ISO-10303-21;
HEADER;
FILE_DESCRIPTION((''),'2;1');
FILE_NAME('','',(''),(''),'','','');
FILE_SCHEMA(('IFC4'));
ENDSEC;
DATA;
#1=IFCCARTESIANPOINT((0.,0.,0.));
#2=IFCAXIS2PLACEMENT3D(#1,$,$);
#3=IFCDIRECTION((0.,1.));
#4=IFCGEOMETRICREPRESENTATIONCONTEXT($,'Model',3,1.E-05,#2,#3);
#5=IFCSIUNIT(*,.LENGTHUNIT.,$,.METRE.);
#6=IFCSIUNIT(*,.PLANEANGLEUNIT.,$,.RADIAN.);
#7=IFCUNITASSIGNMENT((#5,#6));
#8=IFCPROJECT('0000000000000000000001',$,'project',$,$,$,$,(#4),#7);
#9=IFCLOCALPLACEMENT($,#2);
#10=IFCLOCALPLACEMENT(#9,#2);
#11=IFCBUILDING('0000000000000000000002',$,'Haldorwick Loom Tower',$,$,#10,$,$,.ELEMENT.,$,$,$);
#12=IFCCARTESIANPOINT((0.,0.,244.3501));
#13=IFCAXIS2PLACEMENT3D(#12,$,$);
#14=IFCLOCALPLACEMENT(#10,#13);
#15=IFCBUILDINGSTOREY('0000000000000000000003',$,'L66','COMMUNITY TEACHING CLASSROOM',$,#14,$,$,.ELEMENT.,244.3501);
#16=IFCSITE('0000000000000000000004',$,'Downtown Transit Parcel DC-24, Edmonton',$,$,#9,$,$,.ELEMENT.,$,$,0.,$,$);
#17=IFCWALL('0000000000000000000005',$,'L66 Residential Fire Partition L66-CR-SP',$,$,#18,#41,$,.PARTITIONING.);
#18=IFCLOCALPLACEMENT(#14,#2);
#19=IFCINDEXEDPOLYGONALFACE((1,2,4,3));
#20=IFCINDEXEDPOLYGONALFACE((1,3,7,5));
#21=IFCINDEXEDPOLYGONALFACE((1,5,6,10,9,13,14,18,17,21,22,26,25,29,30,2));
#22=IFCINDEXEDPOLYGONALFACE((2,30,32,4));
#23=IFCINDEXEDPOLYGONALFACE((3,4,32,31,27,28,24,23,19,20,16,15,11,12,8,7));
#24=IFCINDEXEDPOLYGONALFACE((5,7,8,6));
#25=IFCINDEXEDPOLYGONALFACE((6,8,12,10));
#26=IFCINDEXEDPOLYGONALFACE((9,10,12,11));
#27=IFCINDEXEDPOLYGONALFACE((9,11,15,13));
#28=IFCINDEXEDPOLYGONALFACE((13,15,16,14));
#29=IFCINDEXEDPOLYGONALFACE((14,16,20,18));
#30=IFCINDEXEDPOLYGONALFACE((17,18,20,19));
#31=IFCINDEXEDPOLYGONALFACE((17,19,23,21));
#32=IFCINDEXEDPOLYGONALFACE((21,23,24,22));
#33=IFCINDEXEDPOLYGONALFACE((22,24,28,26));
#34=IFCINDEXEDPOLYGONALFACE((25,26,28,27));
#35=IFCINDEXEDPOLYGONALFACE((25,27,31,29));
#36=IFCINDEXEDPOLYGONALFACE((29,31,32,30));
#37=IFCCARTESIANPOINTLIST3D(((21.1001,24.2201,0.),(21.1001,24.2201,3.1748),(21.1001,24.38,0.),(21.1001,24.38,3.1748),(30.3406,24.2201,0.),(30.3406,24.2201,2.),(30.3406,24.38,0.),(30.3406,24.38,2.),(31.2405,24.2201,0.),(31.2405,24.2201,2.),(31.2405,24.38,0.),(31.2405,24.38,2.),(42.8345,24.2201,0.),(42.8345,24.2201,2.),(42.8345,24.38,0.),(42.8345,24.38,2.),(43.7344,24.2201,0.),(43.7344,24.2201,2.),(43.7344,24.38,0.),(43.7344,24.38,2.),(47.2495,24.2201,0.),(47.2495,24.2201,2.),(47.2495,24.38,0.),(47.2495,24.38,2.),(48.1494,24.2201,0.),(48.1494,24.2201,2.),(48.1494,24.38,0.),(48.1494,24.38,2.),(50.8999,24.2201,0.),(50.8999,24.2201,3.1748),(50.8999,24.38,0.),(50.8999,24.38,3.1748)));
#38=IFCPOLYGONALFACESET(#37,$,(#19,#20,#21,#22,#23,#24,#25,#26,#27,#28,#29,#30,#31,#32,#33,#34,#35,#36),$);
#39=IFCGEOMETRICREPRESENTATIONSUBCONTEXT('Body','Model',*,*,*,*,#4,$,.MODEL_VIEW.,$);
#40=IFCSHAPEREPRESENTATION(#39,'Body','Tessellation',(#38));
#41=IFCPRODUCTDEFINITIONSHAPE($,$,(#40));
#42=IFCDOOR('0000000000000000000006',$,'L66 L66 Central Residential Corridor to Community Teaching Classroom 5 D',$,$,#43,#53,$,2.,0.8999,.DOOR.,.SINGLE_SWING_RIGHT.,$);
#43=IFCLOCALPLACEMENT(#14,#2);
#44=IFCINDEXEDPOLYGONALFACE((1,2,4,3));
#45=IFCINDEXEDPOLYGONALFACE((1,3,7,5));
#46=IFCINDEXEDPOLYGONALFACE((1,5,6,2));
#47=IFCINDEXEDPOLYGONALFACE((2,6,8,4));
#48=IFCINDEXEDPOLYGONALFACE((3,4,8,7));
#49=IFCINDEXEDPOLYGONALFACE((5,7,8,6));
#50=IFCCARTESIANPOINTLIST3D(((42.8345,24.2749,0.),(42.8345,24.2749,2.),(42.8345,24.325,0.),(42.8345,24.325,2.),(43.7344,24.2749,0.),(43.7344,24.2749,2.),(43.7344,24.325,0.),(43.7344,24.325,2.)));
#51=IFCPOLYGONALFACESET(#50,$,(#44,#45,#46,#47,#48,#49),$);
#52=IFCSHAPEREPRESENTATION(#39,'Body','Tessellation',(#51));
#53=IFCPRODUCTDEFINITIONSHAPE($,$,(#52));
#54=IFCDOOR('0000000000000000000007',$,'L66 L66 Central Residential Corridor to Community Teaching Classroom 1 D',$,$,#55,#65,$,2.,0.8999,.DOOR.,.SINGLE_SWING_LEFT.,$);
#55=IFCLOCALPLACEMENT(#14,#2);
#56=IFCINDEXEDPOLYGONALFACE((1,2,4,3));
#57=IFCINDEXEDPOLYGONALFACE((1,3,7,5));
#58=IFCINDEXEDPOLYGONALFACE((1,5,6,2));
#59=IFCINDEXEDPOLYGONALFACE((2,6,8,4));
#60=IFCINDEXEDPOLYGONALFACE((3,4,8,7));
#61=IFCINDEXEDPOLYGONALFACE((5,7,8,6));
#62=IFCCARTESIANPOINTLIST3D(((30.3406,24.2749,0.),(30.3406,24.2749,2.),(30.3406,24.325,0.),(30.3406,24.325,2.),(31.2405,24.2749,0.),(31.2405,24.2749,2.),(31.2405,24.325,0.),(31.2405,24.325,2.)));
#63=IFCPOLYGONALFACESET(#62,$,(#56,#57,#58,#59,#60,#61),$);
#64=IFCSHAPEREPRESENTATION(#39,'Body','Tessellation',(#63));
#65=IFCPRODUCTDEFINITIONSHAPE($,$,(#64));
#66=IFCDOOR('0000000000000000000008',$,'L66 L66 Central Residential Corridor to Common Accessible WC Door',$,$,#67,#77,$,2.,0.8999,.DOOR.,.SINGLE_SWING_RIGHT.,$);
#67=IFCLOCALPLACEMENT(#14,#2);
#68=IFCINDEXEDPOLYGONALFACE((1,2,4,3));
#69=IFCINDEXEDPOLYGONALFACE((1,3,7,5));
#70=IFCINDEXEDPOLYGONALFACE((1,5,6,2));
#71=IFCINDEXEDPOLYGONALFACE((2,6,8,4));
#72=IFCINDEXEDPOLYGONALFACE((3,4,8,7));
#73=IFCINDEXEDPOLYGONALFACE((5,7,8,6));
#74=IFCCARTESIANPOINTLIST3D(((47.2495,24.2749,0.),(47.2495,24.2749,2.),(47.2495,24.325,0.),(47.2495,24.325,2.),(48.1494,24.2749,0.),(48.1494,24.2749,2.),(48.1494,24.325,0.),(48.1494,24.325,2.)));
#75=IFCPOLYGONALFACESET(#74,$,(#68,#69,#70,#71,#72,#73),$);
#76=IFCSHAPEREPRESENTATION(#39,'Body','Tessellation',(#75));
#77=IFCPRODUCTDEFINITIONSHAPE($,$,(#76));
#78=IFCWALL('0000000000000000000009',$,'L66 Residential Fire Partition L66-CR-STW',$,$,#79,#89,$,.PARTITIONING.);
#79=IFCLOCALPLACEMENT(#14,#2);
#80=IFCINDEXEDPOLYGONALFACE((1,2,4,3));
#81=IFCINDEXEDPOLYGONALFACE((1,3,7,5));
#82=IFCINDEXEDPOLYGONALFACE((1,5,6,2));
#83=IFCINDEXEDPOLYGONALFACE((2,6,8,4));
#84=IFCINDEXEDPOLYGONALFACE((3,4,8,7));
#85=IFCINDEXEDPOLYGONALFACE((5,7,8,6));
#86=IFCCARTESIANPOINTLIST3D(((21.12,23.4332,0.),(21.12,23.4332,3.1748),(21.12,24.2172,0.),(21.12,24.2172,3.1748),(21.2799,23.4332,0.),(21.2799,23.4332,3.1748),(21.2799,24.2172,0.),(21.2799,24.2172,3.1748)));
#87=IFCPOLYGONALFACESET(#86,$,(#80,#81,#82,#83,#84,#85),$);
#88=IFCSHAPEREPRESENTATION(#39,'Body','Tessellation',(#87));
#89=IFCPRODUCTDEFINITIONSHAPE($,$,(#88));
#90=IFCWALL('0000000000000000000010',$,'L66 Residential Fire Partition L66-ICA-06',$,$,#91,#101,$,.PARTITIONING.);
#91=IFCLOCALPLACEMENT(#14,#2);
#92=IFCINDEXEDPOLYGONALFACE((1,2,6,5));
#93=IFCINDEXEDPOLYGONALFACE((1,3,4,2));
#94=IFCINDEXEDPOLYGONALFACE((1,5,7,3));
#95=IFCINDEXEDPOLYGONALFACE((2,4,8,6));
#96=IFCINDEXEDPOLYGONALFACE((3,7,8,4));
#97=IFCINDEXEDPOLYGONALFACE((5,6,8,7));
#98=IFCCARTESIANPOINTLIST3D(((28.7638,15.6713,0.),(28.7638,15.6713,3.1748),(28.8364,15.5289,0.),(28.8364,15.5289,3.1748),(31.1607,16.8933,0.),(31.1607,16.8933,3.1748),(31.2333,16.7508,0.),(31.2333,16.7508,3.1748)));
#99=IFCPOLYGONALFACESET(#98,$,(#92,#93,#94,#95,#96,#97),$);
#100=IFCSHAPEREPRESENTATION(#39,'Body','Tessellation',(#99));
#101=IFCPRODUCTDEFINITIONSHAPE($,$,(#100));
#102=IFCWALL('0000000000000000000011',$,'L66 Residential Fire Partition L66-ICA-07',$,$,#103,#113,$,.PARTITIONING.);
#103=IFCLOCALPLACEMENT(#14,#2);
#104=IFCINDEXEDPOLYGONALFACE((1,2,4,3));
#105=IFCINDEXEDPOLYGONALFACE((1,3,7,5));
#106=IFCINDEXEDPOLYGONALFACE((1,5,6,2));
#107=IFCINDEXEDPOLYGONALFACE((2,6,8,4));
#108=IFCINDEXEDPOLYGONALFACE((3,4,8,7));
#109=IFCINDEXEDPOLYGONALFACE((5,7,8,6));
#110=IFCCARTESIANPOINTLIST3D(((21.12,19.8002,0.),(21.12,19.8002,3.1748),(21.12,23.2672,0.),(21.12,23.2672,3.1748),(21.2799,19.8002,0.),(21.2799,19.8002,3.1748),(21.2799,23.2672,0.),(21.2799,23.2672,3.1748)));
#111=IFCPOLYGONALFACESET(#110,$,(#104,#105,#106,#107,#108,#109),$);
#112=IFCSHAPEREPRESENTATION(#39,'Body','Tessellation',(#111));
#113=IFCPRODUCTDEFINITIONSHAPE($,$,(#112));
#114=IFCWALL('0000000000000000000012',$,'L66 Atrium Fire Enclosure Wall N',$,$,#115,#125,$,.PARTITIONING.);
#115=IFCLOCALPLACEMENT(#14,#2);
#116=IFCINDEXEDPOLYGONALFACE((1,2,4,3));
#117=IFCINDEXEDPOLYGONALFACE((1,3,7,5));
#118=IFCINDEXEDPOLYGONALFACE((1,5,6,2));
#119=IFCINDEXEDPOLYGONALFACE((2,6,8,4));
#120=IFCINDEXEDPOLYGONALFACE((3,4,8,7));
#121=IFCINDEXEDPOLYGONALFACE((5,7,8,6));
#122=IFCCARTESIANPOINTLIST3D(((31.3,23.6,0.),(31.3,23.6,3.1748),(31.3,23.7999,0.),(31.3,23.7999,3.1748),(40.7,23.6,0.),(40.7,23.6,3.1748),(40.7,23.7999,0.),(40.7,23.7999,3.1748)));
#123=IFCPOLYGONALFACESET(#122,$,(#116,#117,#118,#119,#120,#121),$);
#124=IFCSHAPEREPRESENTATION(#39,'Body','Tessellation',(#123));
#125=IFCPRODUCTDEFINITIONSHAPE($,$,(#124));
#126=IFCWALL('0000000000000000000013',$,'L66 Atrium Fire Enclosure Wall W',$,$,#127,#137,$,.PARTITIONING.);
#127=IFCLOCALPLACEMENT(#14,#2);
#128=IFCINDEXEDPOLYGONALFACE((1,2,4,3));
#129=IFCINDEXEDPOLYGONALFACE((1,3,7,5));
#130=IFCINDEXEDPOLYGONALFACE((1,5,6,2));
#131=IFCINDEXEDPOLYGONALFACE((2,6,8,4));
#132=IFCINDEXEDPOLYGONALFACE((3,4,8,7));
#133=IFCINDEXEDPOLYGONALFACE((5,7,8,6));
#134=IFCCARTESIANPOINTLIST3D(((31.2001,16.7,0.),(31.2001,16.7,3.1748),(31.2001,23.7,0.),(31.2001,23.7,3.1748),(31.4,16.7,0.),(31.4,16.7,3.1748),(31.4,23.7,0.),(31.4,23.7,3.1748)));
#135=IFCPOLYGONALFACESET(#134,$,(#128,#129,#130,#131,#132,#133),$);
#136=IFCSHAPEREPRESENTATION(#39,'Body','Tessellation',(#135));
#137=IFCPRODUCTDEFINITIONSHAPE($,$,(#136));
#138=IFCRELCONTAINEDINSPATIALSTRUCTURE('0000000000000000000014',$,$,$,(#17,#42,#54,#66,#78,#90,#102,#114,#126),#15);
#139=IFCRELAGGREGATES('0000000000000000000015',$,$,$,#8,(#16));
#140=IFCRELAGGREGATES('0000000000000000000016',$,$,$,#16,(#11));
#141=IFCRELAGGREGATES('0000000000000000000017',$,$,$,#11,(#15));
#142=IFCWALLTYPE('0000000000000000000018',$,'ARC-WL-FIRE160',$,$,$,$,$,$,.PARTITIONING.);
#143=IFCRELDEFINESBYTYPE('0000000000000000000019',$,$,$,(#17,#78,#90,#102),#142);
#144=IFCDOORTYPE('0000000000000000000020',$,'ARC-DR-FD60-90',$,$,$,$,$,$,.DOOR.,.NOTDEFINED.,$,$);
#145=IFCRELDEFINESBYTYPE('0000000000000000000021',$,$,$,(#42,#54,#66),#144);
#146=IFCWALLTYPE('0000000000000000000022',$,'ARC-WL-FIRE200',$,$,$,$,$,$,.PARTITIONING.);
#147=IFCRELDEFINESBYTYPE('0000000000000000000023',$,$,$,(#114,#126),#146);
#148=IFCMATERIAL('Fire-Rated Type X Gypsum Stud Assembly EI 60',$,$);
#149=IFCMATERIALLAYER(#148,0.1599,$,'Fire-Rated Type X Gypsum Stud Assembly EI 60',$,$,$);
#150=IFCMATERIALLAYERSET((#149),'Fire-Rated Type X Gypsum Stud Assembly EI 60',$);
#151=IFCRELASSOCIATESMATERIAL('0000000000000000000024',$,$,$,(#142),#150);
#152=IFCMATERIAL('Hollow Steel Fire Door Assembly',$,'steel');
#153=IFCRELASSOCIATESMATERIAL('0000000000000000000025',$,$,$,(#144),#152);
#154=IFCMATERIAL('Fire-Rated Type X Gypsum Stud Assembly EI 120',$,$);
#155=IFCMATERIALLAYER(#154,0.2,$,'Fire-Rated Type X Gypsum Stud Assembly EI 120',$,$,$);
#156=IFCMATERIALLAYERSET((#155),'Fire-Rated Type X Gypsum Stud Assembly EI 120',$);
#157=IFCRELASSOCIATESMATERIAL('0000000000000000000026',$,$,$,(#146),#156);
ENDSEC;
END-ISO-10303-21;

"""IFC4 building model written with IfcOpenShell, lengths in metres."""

from ifc_helpers import new_model, si_unit, direction, frame, frame_2d, origin, place, context, subcontext, project, spatial, rectangle, extrude, material, layer, layer_set, type_object, element, fill, save


model = new_model("IFC4")

# Units and contexts
model_context = context("Model", 3, precision=1e-05, world=origin(), true_north=direction((0.0, 1.0)))
body_context = subcontext(model_context, "Body", "Model", "MODEL_VIEW")
ifc_project = project(units=[si_unit("LENGTHUNIT", "METRE"), si_unit("PLANEANGLEUNIT", "RADIAN")], contexts=[model_context])

# Site, building, storey
site_placement = place(None, origin())
site = spatial("IfcSite", under=ifc_project, at=site_placement, Name="Downtown Transit Parcel DC-24, Edmonton", CompositionType="ELEMENT", RefElevation=0.0)
building_placement = place(site_placement, origin())
building = spatial("IfcBuilding", under=site, at=building_placement, Name="Haldorwick Loom Tower", CompositionType="ELEMENT")
storey_placement = place(building_placement, frame((0.0, 0.0, 244.3501)))
storey = spatial("IfcBuildingStorey", under=building, at=storey_placement, Name="L66", Description="COMMUNITY TEACHING CLASSROOM", CompositionType="ELEMENT", Elevation=244.3501)

# Wall, openings, doors
ifc_material_1 = material(Name="Fire-Rated Type X Gypsum Stud Assembly EI 60")
ifc_layer_1 = layer(ifc_material_1, 0.1599, Name="Fire-Rated Type X Gypsum Stud Assembly EI 60")
ifc_layer_set_1 = layer_set([ifc_layer_1], Name="Fire-Rated Type X Gypsum Stud Assembly EI 60")
wall_type_1 = type_object("IfcWallType", Name="ARC-WL-FIRE160", PredefinedType="PARTITIONING", material=ifc_layer_set_1)
wall_1_placement = place(storey_placement, frame((21.1001, 24.3, 0.0), z_axis=(0.0, 0.0, 1.0), x_axis=(1.0, 0.0, 0.0)))
wall_1 = element("IfcWall", 1, at=wall_1_placement, inside=storey, type_object=wall_type_1, Name="L66 Residential Fire Partition L66-CR-SP", PredefinedType="PARTITIONING", context=body_context, shape_type="SweptSolid", body=[
    extrude(rectangle(XDim=29.7998, YDim=0.1599, at=frame_2d((14.8999, 0.0))), origin(), (0.0, 0.0, 1.0), 3.1748),
])
opening_1_placement = place(wall_1_placement, frame((21.7344, 0.0, 0.0)))
opening_1 = element("IfcOpeningElement", 2, at=opening_1_placement, cuts=wall_1, PredefinedType="OPENING", context=body_context, shape_type="SweptSolid", body=[
    extrude(rectangle(XDim=0.8999, YDim=2.0, at=frame_2d((0.45, 1.0))), frame((0.0, 0.0898, 0.0), z_axis=(0.0, -1.0, 0.0), x_axis=(1.0, 0.0, 0.0)), (0.0, 0.0, 1.0), 0.1799),
])
opening_2_placement = place(wall_1_placement, frame((9.2405, 0.0, 0.0)))
opening_2 = element("IfcOpeningElement", 3, at=opening_2_placement, cuts=wall_1, PredefinedType="OPENING", context=body_context, shape_type="SweptSolid", body=[
    extrude(rectangle(XDim=0.8999, YDim=2.0, at=frame_2d((0.45, 1.0))), frame((0.0, 0.0898, 0.0), z_axis=(0.0, -1.0, 0.0), x_axis=(1.0, 0.0, 0.0)), (0.0, 0.0, 1.0), 0.1799),
])
opening_3_placement = place(wall_1_placement, frame((26.1494, 0.0, 0.0)))
opening_3 = element("IfcOpeningElement", 4, at=opening_3_placement, cuts=wall_1, PredefinedType="OPENING", context=body_context, shape_type="SweptSolid", body=[
    extrude(rectangle(XDim=0.8999, YDim=2.0, at=frame_2d((0.45, 1.0))), frame((0.0, 0.0898, 0.0), z_axis=(0.0, -1.0, 0.0), x_axis=(1.0, 0.0, 0.0)), (0.0, 0.0, 1.0), 0.1799),
])
ifc_material_2 = material(Name="Hollow Steel Fire Door Assembly", Category="steel")
door_type_1 = type_object("IfcDoorType", Name="ARC-DR-FD60-90", OperationType="NOTDEFINED", PredefinedType="DOOR", material=ifc_material_2)
door_1_placement = place(opening_1_placement, origin())
door_1 = element("IfcDoor", 5, at=door_1_placement, inside=storey, type_object=door_type_1, Name="L66 L66 Central Residential Corridor to Community Teaching Classroom 5 D", OperationType="SINGLE_SWING_RIGHT", OverallHeight=2.0, OverallWidth=0.8999, PredefinedType="DOOR", context=body_context, shape_type="SweptSolid", body=[
    extrude(rectangle(XDim=0.8999, YDim=2.0, at=frame_2d((0.45, 1.0))), frame((0.0, 0.0249, 0.0), z_axis=(0.0, -1.0, 0.0), x_axis=(1.0, 0.0, 0.0)), (0.0, 0.0, 1.0), 0.05),
])
fill(opening_1, door_1)
door_2_placement = place(opening_2_placement, origin())
door_2 = element("IfcDoor", 6, at=door_2_placement, inside=storey, type_object=door_type_1, Name="L66 L66 Central Residential Corridor to Community Teaching Classroom 1 D", OperationType="SINGLE_SWING_LEFT", OverallHeight=2.0, OverallWidth=0.8999, PredefinedType="DOOR", context=body_context, shape_type="SweptSolid", body=[
    extrude(rectangle(XDim=0.8999, YDim=2.0, at=frame_2d((0.45, 1.0))), frame((0.0, 0.0249, 0.0), z_axis=(0.0, -1.0, 0.0), x_axis=(1.0, 0.0, 0.0)), (0.0, 0.0, 1.0), 0.05),
])
fill(opening_2, door_2)
door_3_placement = place(opening_3_placement, origin())
door_3 = element("IfcDoor", 7, at=door_3_placement, inside=storey, type_object=door_type_1, Name="L66 L66 Central Residential Corridor to Common Accessible WC Door", OperationType="SINGLE_SWING_RIGHT", OverallHeight=2.0, OverallWidth=0.8999, PredefinedType="DOOR", context=body_context, shape_type="SweptSolid", body=[
    extrude(rectangle(XDim=0.8999, YDim=2.0, at=frame_2d((0.45, 1.0))), frame((0.0, 0.0249, 0.0), z_axis=(0.0, -1.0, 0.0), x_axis=(1.0, 0.0, 0.0)), (0.0, 0.0, 1.0), 0.05),
])
fill(opening_3, door_3)

# Walls
wall_2_placement = place(storey_placement, frame((21.2, 23.4331, 0.0), z_axis=(0.0, 0.0, 1.0), x_axis=(0.0, 1.0, 0.0)))
element("IfcWall", 8, at=wall_2_placement, inside=storey, type_object=wall_type_1, Name="L66 Residential Fire Partition L66-CR-STW", PredefinedType="PARTITIONING", context=body_context, shape_type="SweptSolid", body=[
    extrude(rectangle(XDim=0.7839, YDim=0.1599, at=frame_2d((0.3921, 0.0))), origin(), (0.0, 0.0, 1.0), 3.1748),
])
wall_3_placement = place(storey_placement, frame((31.197, 16.822, 0.0), z_axis=(0.0, 0.0, 1.0), x_axis=(-0.890916, -0.454169, 0.0)))
element("IfcWall", 9, at=wall_3_placement, inside=storey, type_object=wall_type_1, Name="L66 Residential Fire Partition L66-ICA-06", PredefinedType="PARTITIONING", context=body_context, shape_type="SweptSolid", body=[
    extrude(rectangle(XDim=2.6904, YDim=0.1599, at=frame_2d((1.3452, 0.0))), origin(), (0.0, 0.0, 1.0), 3.1748),
])
wall_4_placement = place(storey_placement, frame((21.2, 23.2671, 0.0), z_axis=(0.0, 0.0, 1.0), x_axis=(0.0, -1.0, 0.0)))
element("IfcWall", 10, at=wall_4_placement, inside=storey, type_object=wall_type_1, Name="L66 Residential Fire Partition L66-ICA-07", PredefinedType="PARTITIONING", context=body_context, shape_type="SweptSolid", body=[
    extrude(rectangle(XDim=3.467, YDim=0.1599, at=frame_2d((1.7334, 0.0))), origin(), (0.0, 0.0, 1.0), 3.1748),
])
ifc_material_3 = material(Name="Fire-Rated Type X Gypsum Stud Assembly EI 120")
ifc_layer_2 = layer(ifc_material_3, 0.2, Name="Fire-Rated Type X Gypsum Stud Assembly EI 120")
ifc_layer_set_2 = layer_set([ifc_layer_2], Name="Fire-Rated Type X Gypsum Stud Assembly EI 120")
wall_type_2 = type_object("IfcWallType", Name="ARC-WL-FIRE200", PredefinedType="PARTITIONING", material=ifc_layer_set_2)
wall_5_placement = place(storey_placement, frame((31.3, 23.7, 0.0), z_axis=(0.0, 0.0, 1.0), x_axis=(1.0, 0.0, 0.0)))
element("IfcWall", 11, at=wall_5_placement, inside=storey, type_object=wall_type_2, Name="L66 Atrium Fire Enclosure Wall N", PredefinedType="PARTITIONING", context=body_context, shape_type="SweptSolid", body=[
    extrude(rectangle(XDim=9.3999, YDim=0.2, at=frame_2d((4.7, 0.0))), origin(), (0.0, 0.0, 1.0), 3.1748),
])
wall_6_placement = place(storey_placement, frame((31.3, 16.7, 0.0), z_axis=(0.0, 0.0, 1.0), x_axis=(0.0, 1.0, 0.0)))
element("IfcWall", 12, at=wall_6_placement, inside=storey, type_object=wall_type_2, Name="L66 Atrium Fire Enclosure Wall W", PredefinedType="PARTITIONING", context=body_context, shape_type="SweptSolid", body=[
    extrude(rectangle(XDim=7.0, YDim=0.2, at=frame_2d((3.5, 0.0))), origin(), (0.0, 0.0, 1.0), 3.1748),
])

save(model, "model.ifc")
